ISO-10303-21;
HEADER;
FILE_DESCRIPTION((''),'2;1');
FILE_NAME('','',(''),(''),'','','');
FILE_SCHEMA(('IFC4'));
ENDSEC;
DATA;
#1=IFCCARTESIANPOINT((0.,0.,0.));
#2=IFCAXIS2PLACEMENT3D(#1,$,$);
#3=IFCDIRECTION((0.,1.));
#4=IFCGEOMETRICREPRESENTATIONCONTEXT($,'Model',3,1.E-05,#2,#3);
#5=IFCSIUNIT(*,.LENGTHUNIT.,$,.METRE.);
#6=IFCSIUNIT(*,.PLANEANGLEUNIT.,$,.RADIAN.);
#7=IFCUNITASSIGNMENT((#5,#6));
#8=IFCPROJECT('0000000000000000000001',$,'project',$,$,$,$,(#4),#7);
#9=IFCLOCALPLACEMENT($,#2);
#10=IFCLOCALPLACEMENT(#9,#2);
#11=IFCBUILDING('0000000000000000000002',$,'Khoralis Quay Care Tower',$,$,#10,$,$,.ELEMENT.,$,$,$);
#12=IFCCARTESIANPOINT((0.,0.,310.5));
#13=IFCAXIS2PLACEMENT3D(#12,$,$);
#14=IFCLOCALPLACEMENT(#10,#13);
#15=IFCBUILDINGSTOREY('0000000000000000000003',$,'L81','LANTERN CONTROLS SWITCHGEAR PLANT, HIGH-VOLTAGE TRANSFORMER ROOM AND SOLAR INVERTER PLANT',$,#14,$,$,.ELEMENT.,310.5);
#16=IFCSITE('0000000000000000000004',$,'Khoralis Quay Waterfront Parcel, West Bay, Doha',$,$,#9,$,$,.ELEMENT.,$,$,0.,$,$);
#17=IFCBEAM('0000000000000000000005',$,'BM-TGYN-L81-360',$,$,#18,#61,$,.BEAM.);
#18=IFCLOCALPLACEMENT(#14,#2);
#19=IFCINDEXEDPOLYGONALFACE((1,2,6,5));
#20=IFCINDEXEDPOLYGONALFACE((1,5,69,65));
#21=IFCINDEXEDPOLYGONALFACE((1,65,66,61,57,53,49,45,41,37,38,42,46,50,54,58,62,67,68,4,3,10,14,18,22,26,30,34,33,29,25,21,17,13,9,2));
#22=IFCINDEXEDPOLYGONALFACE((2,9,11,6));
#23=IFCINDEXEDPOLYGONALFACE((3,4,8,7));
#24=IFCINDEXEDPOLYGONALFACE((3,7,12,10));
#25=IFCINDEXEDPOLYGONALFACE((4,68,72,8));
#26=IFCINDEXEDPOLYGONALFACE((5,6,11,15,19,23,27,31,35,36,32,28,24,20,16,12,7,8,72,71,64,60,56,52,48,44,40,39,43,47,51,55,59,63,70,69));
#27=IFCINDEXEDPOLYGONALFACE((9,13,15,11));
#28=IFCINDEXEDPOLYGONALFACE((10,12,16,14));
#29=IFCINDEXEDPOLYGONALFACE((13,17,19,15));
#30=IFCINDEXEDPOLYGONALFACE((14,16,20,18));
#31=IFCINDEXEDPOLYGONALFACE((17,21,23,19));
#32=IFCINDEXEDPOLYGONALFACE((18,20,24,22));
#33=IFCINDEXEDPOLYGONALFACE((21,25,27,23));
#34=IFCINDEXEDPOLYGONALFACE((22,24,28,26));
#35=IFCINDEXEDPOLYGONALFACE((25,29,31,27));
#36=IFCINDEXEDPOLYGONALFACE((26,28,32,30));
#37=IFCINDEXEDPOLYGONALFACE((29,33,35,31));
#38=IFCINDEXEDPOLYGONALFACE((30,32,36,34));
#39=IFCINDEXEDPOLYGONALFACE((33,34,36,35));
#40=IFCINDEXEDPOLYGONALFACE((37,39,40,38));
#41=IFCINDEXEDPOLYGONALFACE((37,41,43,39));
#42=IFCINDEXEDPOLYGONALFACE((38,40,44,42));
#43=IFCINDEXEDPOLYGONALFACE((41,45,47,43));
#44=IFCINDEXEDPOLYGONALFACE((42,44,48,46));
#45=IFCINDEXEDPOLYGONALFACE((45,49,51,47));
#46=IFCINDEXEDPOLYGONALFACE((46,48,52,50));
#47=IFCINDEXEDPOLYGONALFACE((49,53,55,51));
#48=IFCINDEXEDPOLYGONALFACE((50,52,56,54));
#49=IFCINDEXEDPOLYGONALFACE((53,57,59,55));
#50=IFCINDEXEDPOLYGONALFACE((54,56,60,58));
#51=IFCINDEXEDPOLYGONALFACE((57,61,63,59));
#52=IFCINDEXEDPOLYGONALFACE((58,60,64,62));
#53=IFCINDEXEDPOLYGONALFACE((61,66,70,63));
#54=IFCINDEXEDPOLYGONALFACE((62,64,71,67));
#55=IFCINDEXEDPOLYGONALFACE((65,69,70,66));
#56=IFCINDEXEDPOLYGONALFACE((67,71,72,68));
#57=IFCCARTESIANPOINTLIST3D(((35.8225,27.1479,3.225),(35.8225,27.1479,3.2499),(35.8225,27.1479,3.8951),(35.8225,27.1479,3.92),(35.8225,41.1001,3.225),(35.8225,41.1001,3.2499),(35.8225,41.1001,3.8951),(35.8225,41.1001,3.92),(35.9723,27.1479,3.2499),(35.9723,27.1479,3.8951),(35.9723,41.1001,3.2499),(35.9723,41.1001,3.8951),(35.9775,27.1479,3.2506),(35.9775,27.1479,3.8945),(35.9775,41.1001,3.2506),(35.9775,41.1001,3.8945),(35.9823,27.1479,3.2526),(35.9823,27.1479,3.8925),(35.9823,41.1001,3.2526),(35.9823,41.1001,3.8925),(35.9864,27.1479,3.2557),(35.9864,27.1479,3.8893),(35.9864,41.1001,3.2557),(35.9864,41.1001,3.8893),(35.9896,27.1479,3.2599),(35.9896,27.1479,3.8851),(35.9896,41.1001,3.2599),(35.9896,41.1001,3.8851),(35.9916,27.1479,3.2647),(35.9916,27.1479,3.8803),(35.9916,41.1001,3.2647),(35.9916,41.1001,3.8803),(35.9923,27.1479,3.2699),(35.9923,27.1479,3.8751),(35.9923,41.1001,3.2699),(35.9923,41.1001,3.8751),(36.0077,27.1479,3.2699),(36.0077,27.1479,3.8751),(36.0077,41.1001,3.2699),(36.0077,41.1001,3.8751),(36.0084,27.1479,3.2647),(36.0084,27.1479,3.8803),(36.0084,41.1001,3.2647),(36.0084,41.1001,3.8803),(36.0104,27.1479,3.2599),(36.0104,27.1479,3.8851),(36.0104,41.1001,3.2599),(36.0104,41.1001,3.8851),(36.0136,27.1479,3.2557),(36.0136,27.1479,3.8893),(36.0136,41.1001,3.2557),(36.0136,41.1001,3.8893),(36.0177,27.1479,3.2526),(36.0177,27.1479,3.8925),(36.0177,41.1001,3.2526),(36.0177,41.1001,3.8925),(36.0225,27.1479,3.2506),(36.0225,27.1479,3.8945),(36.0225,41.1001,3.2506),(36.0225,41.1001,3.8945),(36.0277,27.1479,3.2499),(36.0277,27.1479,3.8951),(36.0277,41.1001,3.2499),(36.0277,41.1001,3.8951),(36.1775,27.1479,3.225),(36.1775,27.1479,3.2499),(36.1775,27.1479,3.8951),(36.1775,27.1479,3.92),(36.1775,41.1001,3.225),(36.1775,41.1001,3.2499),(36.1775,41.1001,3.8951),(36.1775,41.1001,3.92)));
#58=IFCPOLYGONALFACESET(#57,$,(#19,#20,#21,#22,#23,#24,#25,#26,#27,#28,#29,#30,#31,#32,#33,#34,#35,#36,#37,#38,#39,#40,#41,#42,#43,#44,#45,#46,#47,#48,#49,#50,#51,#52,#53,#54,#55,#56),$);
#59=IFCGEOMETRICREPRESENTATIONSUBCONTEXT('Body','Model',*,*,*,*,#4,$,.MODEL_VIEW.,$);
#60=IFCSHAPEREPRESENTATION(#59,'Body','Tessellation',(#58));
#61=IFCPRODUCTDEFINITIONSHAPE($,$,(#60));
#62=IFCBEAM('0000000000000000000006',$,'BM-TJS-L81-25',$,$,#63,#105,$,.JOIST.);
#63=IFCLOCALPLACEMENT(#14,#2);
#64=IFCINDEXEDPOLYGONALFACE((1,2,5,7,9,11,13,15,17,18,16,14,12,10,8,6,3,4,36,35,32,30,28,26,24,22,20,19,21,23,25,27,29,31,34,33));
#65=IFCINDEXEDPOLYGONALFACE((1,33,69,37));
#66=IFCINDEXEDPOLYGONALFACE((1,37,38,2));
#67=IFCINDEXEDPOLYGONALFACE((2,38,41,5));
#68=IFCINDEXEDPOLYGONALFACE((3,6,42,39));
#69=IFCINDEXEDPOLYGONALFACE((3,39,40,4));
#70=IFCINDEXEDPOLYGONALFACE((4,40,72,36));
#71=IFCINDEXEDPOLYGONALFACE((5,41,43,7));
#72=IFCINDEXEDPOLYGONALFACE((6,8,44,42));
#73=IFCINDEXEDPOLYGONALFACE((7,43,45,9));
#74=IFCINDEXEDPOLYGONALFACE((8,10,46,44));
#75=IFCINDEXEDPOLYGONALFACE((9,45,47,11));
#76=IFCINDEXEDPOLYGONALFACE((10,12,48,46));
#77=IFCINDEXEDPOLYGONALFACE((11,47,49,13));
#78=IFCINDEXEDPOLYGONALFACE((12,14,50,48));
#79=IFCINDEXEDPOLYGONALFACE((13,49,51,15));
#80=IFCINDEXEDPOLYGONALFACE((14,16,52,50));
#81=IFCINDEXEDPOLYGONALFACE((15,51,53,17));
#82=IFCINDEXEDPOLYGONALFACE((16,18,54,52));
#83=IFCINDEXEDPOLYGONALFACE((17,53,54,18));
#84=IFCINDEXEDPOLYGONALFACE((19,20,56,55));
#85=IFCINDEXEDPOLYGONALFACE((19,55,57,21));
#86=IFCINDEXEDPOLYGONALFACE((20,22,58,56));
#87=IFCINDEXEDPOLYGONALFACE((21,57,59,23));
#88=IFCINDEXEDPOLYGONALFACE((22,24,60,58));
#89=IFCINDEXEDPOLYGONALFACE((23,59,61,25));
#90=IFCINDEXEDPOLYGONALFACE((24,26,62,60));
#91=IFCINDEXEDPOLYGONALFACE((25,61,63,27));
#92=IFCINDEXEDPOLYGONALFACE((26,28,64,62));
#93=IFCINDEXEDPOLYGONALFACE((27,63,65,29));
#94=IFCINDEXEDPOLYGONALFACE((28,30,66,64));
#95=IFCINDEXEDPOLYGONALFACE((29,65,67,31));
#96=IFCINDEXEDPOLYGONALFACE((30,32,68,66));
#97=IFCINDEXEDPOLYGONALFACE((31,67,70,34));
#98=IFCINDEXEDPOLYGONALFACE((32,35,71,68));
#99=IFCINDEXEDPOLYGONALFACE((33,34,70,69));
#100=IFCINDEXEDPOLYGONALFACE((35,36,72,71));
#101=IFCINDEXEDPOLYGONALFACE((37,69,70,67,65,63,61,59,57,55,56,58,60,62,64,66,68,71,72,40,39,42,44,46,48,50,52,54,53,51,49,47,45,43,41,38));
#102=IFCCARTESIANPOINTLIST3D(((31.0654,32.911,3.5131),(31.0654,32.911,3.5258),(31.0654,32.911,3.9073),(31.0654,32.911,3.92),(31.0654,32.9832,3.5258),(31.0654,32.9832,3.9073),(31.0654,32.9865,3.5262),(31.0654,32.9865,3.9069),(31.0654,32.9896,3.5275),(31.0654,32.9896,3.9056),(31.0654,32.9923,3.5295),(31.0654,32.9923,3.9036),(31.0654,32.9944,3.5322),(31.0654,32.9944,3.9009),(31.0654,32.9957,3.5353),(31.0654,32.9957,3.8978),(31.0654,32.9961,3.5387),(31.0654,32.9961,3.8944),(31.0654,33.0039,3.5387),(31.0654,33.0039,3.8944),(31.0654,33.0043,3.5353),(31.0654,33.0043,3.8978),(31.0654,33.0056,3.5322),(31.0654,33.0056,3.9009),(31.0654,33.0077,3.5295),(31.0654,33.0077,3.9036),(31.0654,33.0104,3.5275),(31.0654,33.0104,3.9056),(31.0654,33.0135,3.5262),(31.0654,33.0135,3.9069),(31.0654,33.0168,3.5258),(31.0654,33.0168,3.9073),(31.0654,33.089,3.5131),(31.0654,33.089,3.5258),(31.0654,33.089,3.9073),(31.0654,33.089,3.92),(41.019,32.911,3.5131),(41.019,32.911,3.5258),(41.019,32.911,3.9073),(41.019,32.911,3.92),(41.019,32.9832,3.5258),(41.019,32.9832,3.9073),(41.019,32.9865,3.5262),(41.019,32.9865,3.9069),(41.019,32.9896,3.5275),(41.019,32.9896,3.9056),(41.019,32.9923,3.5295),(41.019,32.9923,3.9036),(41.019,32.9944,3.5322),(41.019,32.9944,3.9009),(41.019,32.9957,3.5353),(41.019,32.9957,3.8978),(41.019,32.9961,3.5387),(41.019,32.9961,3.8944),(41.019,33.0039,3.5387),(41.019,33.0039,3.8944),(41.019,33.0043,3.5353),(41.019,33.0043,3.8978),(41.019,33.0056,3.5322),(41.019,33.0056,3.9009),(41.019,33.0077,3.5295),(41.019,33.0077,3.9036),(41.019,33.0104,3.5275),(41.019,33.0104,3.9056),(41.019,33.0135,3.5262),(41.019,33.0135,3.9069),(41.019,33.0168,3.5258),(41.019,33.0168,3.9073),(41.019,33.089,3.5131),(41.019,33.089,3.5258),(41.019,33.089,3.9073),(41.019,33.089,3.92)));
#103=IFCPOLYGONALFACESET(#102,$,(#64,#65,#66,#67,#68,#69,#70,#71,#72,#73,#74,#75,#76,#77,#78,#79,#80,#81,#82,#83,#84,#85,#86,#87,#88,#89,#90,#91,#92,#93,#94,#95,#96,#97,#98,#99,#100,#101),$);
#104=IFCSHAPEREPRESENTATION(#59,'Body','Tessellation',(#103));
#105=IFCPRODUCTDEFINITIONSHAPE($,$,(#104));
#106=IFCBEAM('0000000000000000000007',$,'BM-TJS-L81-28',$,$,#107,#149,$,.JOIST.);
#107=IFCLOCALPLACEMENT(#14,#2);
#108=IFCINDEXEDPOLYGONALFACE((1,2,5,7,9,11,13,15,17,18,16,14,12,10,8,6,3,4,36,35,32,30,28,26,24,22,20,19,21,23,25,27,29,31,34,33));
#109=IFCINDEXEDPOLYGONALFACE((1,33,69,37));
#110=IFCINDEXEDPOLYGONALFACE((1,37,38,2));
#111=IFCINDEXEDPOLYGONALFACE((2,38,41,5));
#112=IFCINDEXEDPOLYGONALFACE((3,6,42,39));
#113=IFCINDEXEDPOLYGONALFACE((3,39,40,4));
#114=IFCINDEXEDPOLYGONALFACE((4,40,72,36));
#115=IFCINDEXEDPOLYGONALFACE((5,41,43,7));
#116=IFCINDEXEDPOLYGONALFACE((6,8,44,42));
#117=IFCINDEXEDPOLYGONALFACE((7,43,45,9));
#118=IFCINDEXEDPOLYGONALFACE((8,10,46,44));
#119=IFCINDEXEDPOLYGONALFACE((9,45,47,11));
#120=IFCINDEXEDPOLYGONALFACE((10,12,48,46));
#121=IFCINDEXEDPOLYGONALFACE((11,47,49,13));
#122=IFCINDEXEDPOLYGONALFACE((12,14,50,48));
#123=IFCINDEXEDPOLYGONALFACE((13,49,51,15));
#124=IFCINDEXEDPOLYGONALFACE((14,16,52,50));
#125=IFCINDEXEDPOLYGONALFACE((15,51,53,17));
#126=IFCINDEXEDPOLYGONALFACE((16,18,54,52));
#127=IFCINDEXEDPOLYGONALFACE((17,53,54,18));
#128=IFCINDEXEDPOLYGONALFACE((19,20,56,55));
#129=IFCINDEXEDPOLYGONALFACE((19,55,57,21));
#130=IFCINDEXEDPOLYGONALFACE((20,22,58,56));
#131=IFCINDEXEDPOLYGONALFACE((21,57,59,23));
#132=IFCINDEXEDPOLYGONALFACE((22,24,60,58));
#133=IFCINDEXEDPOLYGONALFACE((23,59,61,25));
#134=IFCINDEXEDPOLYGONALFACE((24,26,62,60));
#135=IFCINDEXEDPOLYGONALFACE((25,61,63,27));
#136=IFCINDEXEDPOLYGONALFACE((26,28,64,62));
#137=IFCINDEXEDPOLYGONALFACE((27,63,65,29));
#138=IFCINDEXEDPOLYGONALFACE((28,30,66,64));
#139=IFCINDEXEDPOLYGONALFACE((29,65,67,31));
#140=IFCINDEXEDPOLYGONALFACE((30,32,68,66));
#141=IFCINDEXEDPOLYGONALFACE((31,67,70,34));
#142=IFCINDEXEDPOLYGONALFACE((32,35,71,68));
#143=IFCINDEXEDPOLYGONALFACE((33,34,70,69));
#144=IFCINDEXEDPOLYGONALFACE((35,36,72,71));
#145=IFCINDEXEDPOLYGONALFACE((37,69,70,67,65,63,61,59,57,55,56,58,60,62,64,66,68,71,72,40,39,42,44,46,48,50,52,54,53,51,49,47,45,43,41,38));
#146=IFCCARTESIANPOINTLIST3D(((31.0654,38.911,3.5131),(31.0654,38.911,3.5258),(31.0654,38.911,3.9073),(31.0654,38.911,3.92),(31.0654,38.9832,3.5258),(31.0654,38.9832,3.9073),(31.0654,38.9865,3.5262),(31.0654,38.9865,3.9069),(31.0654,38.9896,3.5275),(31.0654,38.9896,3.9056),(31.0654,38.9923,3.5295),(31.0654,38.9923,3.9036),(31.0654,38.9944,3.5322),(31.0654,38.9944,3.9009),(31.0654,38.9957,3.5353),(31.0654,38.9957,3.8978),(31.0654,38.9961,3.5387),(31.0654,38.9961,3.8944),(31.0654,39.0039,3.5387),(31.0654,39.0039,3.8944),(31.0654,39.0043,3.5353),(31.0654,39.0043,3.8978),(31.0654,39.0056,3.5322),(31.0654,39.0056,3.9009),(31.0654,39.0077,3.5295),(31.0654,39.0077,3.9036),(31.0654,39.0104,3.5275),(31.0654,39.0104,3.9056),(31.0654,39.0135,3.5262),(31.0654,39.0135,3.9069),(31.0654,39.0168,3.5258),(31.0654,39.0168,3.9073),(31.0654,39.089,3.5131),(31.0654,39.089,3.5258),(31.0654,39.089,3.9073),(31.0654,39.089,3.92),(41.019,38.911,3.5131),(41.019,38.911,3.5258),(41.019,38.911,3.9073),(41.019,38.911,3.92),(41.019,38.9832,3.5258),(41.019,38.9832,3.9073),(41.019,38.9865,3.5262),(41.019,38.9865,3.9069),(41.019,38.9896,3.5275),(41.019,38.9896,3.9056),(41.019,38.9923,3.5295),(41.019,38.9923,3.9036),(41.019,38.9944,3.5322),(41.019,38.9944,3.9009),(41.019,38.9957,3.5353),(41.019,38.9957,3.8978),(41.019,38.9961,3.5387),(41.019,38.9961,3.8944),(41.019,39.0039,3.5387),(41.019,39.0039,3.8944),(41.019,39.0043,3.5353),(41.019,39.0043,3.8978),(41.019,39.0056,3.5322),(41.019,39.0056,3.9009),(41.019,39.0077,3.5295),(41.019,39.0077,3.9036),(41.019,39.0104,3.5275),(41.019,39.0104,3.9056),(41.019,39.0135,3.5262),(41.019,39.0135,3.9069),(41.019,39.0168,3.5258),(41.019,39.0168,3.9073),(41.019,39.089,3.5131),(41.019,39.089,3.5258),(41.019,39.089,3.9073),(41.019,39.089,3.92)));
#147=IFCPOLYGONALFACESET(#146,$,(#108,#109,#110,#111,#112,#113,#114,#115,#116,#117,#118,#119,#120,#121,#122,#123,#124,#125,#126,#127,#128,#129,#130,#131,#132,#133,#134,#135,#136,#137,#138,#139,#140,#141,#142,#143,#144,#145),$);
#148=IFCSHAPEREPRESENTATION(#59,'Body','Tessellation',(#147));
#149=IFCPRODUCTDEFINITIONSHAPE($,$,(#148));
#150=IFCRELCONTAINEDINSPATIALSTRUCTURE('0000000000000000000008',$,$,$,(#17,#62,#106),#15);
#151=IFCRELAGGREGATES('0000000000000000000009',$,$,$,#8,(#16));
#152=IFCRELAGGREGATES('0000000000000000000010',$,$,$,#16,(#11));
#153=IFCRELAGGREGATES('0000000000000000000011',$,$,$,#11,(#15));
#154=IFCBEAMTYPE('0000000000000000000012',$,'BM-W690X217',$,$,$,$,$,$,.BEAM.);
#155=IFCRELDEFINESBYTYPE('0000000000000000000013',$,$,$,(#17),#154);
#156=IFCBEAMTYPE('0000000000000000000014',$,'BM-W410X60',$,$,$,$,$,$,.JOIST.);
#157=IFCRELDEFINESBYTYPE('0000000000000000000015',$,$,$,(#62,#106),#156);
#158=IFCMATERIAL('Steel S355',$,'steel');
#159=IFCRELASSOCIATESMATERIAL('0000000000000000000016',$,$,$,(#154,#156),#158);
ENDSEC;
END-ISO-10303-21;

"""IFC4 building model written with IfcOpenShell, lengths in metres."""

from ifc_helpers import new_model, si_unit, direction, frame, origin, origin_2d, place, context, subcontext, project, spatial, i_section, extrude, source, transform, mapped, material, material_profile, profile_set, type_object, element, save


model = new_model("IFC4")

# Units and contexts
model_context = context("Model", 3, precision=1e-05, world=origin(), true_north=direction((0.0, 1.0)))
body_context = subcontext(model_context, "Body", "Model", "MODEL_VIEW")
ifc_project = project(units=[si_unit("LENGTHUNIT", "METRE"), si_unit("PLANEANGLEUNIT", "RADIAN")], contexts=[model_context])

# Site, building, storey
site_placement = place(None, origin())
site = spatial("IfcSite", under=ifc_project, at=site_placement, Name="Khoralis Quay Waterfront Parcel, West Bay, Doha", CompositionType="ELEMENT", RefElevation=0.0)
building_placement = place(site_placement, origin())
building = spatial("IfcBuilding", under=site, at=building_placement, Name="Khoralis Quay Care Tower", CompositionType="ELEMENT")
storey_placement = place(building_placement, frame((0.0, 0.0, 310.5)))
storey = spatial("IfcBuildingStorey", under=building, at=storey_placement, Name="L81", Description="LANTERN CONTROLS SWITCHGEAR PLANT, HIGH-VOLTAGE TRANSFORMER ROOM AND SOLAR INVERTER PLANT", CompositionType="ELEMENT", Elevation=310.5)

# Beams
ifc_material_1 = material(Name="Steel S355", Category="steel")
ifc_material_profile_1 = material_profile(ifc_material_1, i_section(OverallWidth=0.355, OverallDepth=0.6951, WebThickness=0.0154, FlangeThickness=0.0249, FilletRadius=0.02, at=origin_2d()), Name="Steel S355")
ifc_profile_set_1 = profile_set([ifc_material_profile_1], Name="Steel S355")
beam_type_1 = type_object("IfcBeamType", Name="BM-W690X217", PredefinedType="BEAM", material=ifc_profile_set_1)
shared_shape_1 = source(origin(), body_context, "Body", "SweptSolid", [
    extrude(i_section(OverallWidth=0.355, OverallDepth=0.6951, WebThickness=0.0154, FlangeThickness=0.0249, FilletRadius=0.02, at=origin_2d()), origin(), (0.0, 0.0, 1.0), 13.9521),
])
beam_1_placement = place(storey_placement, frame((36.0, 27.1479, 3.5725), z_axis=(0.0, 1.0, 0.0), x_axis=(-1.0, 0.0, 0.0)))
element("IfcBeam", 1, at=beam_1_placement, inside=storey, type_object=beam_type_1, Name="BM-TGYN-L81-360", PredefinedType="BEAM", context=body_context, shape_type="MappedRepresentation", body=[
    mapped(shared_shape_1, transform((0.0, 0.0, 0.0), scale=1.0)),
])
ifc_material_profile_2 = material_profile(ifc_material_1, i_section(OverallWidth=0.178, OverallDepth=0.407, WebThickness=0.0078, FlangeThickness=0.0127, FilletRadius=0.0129, at=origin_2d()), Name="Steel S355")
ifc_profile_set_2 = profile_set([ifc_material_profile_2], Name="Steel S355")
beam_type_2 = type_object("IfcBeamType", Name="BM-W410X60", PredefinedType="JOIST", material=ifc_profile_set_2)
shared_shape_2 = source(origin(), body_context, "Body", "SweptSolid", [
    extrude(i_section(OverallWidth=0.178, OverallDepth=0.407, WebThickness=0.0078, FlangeThickness=0.0127, FilletRadius=0.0129, at=origin_2d()), origin(), (0.0, 0.0, 1.0), 9.9536),
])
for number, where, z_axis, x_axis, name in (
    (2, (31.0654, 33.0, 3.7166), (1.0, 0.0, 0.0), (0.0, 1.0, 0.0), "BM-TJS-L81-25"),
    (3, (31.0654, 39.0, 3.7166), (1.0, 0.0, 0.0), (0.0, 1.0, 0.0), "BM-TJS-L81-28"),
):
    element("IfcBeam", number, at=place(storey_placement, frame(where, z_axis=z_axis, x_axis=x_axis)), inside=storey, type_object=beam_type_2, Name=name, PredefinedType="JOIST", context=body_context, shape_type="MappedRepresentation", body=[
        mapped(shared_shape_2, transform((0.0, 0.0, 0.0), scale=1.0)),
    ])

save(model, "model.ifc")
